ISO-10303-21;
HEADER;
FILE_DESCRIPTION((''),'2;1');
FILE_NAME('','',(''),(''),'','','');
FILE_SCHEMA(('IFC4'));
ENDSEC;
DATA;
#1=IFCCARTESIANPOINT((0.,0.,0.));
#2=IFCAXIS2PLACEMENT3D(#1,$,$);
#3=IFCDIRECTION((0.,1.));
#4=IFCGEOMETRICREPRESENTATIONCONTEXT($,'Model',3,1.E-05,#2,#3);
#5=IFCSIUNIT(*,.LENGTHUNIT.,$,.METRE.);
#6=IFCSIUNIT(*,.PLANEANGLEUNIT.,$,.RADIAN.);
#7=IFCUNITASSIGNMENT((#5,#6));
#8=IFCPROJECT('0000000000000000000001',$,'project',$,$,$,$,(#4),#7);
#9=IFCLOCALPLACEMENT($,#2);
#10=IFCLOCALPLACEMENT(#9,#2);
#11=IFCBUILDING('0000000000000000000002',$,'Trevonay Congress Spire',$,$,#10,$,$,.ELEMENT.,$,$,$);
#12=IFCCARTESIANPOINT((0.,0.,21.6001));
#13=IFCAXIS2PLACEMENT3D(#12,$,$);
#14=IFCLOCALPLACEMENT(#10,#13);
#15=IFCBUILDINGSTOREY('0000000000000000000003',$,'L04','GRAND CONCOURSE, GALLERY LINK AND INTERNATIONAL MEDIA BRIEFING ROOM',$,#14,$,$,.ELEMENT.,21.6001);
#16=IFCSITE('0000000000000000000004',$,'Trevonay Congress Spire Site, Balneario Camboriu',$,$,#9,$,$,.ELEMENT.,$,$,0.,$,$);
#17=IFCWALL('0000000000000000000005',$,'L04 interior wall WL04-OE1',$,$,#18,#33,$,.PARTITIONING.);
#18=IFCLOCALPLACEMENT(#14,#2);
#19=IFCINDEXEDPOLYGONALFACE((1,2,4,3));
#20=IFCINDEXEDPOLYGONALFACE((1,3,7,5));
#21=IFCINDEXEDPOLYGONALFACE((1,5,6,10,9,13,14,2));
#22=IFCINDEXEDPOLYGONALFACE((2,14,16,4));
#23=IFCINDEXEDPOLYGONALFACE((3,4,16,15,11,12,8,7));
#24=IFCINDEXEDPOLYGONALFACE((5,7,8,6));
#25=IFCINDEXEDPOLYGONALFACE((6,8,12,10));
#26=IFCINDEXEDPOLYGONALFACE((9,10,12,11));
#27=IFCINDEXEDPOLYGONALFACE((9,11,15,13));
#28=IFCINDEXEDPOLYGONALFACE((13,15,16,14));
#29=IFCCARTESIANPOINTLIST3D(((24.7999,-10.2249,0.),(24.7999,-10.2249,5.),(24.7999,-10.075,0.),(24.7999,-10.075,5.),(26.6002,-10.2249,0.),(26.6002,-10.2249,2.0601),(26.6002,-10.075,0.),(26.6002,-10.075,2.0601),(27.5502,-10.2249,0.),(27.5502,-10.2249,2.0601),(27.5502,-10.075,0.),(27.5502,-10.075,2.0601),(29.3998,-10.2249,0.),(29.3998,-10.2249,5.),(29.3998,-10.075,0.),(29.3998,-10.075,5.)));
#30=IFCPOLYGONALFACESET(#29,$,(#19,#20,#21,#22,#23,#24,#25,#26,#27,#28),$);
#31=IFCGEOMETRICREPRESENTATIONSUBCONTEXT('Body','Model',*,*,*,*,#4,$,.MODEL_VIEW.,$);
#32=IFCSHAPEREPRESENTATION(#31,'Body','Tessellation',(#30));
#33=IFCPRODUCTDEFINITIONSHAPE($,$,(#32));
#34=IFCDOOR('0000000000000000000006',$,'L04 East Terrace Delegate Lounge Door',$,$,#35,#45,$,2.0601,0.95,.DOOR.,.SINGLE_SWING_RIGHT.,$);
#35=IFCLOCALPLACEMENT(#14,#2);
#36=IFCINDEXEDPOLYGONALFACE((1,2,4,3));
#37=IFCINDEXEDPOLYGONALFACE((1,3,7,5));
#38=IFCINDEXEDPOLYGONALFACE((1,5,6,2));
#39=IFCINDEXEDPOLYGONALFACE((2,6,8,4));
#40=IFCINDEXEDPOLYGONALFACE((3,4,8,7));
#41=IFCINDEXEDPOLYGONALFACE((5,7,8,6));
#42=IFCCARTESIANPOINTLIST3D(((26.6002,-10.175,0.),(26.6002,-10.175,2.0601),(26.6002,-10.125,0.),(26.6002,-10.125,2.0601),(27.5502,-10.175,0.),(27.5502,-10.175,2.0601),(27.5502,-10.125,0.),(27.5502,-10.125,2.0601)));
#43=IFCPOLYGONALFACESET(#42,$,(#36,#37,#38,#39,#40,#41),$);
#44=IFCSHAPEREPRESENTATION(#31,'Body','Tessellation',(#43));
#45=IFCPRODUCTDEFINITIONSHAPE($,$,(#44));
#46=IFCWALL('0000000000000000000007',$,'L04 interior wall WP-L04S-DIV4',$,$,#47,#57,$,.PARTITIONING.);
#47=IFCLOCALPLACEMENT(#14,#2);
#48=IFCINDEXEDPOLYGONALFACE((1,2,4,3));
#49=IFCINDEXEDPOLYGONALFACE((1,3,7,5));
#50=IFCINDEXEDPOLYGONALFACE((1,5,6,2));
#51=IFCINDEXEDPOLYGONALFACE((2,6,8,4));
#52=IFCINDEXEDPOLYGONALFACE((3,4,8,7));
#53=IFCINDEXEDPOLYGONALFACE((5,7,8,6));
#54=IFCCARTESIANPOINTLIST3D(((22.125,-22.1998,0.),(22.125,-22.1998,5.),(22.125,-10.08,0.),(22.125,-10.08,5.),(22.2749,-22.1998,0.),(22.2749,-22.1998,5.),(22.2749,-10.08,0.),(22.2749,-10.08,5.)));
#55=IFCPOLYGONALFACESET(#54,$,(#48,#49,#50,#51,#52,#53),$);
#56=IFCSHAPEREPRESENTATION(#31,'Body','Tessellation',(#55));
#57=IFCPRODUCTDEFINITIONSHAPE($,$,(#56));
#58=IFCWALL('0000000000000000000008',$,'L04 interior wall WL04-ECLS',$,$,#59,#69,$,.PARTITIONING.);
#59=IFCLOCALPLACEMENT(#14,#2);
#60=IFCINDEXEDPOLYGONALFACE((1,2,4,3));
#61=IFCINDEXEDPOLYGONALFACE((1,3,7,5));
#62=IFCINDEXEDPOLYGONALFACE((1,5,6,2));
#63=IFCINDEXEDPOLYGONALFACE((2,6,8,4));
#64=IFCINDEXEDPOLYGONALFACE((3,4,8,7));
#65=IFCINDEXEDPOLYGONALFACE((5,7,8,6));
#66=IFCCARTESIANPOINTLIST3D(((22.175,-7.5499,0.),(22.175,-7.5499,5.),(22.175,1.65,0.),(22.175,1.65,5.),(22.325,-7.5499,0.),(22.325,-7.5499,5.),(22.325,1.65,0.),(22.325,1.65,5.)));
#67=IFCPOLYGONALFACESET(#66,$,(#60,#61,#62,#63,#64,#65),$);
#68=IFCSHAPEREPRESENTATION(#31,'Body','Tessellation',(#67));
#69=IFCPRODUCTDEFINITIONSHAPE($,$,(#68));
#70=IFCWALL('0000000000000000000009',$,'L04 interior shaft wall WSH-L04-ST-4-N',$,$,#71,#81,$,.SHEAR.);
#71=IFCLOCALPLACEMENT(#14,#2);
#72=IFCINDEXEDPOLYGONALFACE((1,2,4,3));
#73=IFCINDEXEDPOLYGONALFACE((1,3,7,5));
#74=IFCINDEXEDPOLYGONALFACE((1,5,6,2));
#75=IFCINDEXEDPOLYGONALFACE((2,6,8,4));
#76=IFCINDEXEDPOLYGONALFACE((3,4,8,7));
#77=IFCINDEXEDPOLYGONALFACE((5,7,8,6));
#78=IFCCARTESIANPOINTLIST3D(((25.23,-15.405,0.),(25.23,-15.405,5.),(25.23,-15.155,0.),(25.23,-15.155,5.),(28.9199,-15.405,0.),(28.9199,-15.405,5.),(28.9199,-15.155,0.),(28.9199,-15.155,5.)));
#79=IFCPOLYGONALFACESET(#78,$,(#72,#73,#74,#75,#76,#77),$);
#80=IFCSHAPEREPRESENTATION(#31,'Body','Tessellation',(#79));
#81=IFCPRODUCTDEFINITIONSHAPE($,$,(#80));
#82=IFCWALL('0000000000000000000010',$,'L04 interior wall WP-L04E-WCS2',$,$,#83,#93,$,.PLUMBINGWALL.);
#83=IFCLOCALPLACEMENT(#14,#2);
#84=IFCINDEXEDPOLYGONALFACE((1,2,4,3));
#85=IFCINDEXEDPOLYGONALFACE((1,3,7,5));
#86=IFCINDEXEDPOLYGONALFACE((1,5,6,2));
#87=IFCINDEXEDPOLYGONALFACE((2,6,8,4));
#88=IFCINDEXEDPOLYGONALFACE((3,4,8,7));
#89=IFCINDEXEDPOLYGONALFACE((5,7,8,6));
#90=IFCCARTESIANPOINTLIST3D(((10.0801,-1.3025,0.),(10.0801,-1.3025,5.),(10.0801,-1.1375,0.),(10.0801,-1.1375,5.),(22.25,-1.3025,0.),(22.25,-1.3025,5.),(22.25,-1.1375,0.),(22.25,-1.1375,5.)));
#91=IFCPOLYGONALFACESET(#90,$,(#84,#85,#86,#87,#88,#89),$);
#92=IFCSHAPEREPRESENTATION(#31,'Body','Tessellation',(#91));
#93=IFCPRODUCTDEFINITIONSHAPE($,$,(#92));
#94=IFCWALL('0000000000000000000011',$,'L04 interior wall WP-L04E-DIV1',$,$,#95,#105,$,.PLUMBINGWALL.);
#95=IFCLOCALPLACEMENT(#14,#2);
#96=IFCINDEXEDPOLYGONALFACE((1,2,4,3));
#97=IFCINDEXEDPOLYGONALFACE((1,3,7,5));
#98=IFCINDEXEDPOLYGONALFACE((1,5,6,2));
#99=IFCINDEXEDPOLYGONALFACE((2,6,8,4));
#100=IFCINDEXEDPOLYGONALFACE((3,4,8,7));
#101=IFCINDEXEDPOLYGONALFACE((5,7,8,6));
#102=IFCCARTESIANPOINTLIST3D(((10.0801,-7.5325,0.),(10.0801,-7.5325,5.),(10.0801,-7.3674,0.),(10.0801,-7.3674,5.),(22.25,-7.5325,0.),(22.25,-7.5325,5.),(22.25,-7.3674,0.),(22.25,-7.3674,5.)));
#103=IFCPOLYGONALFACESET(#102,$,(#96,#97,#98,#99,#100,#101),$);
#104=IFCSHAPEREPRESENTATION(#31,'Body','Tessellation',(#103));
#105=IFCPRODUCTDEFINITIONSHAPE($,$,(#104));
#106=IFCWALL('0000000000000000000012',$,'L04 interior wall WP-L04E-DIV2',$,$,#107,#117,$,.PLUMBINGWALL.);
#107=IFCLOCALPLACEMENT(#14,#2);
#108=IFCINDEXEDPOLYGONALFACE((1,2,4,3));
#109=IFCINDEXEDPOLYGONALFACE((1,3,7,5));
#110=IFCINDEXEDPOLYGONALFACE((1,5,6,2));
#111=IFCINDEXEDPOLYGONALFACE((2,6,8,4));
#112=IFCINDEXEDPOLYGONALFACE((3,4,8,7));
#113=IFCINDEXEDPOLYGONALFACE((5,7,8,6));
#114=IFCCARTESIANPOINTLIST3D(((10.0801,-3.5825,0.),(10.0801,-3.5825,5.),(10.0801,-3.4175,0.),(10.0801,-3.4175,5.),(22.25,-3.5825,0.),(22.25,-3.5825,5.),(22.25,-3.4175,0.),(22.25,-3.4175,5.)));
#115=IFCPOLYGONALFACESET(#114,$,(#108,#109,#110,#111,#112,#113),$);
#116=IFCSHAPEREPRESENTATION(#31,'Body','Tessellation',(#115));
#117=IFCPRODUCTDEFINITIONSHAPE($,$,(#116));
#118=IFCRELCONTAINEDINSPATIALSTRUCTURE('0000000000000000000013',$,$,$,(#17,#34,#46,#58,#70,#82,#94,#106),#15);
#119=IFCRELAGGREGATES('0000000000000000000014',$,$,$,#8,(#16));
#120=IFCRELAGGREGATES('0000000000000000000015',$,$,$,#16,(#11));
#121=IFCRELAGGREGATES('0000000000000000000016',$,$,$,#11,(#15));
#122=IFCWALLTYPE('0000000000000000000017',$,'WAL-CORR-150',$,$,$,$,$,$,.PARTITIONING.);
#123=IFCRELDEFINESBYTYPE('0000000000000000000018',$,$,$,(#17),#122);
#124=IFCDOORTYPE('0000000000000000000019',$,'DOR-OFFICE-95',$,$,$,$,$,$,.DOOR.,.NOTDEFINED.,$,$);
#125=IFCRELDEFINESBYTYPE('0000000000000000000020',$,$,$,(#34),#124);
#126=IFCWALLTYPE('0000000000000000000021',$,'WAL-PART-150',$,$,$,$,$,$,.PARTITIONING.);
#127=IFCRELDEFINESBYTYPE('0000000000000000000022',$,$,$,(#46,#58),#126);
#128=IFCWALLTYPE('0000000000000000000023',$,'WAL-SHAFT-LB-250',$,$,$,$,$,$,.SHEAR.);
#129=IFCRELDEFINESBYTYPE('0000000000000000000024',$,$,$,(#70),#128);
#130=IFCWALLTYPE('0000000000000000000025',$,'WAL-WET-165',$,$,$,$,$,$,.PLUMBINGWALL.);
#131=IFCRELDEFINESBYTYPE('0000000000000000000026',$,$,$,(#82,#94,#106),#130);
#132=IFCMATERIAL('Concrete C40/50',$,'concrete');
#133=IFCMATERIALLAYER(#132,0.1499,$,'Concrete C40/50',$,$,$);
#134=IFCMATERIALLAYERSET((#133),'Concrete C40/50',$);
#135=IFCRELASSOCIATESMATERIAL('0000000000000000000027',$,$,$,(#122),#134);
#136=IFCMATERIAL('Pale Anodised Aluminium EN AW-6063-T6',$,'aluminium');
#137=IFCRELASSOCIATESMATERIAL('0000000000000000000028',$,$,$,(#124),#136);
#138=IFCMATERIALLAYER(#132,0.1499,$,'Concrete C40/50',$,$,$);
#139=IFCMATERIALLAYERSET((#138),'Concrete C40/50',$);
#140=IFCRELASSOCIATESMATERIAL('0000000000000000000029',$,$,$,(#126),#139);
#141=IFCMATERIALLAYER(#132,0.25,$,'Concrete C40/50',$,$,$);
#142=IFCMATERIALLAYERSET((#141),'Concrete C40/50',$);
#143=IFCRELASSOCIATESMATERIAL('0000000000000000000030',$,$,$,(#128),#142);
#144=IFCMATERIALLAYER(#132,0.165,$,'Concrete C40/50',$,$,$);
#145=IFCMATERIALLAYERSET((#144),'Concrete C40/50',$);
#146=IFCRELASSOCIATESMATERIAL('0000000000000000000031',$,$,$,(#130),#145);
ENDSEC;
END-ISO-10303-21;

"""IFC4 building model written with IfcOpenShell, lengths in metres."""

from ifc_helpers import new_model, si_unit, direction, frame, frame_2d, origin, place, context, subcontext, project, spatial, rectangle, extrude, material, layer, layer_set, type_object, element, fill, save


model = new_model("IFC4")

# Units and contexts
model_context = context("Model", 3, precision=1e-05, world=origin(), true_north=direction((0.0, 1.0)))
body_context = subcontext(model_context, "Body", "Model", "MODEL_VIEW")
ifc_project = project(units=[si_unit("LENGTHUNIT", "METRE"), si_unit("PLANEANGLEUNIT", "RADIAN")], contexts=[model_context])

# Site, building, storey
site_placement = place(None, origin())
site = spatial("IfcSite", under=ifc_project, at=site_placement, Name="Trevonay Congress Spire Site, Balneario Camboriu", CompositionType="ELEMENT", RefElevation=0.0)
building_placement = place(site_placement, origin())
building = spatial("IfcBuilding", under=site, at=building_placement, Name="Trevonay Congress Spire", CompositionType="ELEMENT")
storey_placement = place(building_placement, frame((0.0, 0.0, 21.6001)))
storey = spatial("IfcBuildingStorey", under=building, at=storey_placement, Name="L04", Description="GRAND CONCOURSE, GALLERY LINK AND INTERNATIONAL MEDIA BRIEFING ROOM", CompositionType="ELEMENT", Elevation=21.6001)

# Shared definitions
ifc_material_1 = material(Name="Concrete C40/50", Category="concrete")
ifc_layer_1 = layer(ifc_material_1, 0.1499, Name="Concrete C40/50")
ifc_layer_set_1 = layer_set([ifc_layer_1], Name="Concrete C40/50")
wall_type_1 = type_object("IfcWallType", Name="WAL-CORR-150", PredefinedType="PARTITIONING", material=ifc_layer_set_1)
ifc_material_2 = material(Name="Pale Anodised Aluminium EN AW-6063-T6", Category="aluminium")
door_type_1 = type_object("IfcDoorType", Name="DOR-OFFICE-95", OperationType="NOTDEFINED", PredefinedType="DOOR", material=ifc_material_2)

# Wall, opening, door
wall_1_placement = place(storey_placement, frame((24.8, -10.1499, 0.0), z_axis=(0.0, 0.0, 1.0), x_axis=(1.0, 0.0, 0.0)))
wall_1 = element("IfcWall", 1, at=wall_1_placement, inside=storey, type_object=wall_type_1, Name="L04 interior wall WL04-OE1", PredefinedType="PARTITIONING", context=body_context, shape_type="SweptSolid", body=[
    extrude(rectangle(XDim=4.5999, YDim=0.1499, at=frame_2d((2.2998, 0.0))), origin(), (0.0, 0.0, 1.0), 5.0),
])
opening_1_placement = place(wall_1_placement, frame((1.8, 0.0, 0.0)))
opening_1 = element("IfcOpeningElement", 2, at=opening_1_placement, cuts=wall_1, PredefinedType="OPENING", context=body_context, shape_type="SweptSolid", body=[
    extrude(rectangle(XDim=0.95, YDim=2.0601, at=frame_2d((0.4751, 1.03))), frame((0.0, 0.085, 0.0), z_axis=(0.0, -1.0, 0.0), x_axis=(1.0, 0.0, 0.0)), (0.0, 0.0, 1.0), 0.1699),
])
door_1_placement = place(opening_1_placement, origin())
door_1 = element("IfcDoor", 3, at=door_1_placement, inside=storey, type_object=door_type_1, Name="L04 East Terrace Delegate Lounge Door", OperationType="SINGLE_SWING_RIGHT", OverallHeight=2.0601, OverallWidth=0.95, PredefinedType="DOOR", context=body_context, shape_type="SweptSolid", body=[
    extrude(rectangle(XDim=0.95, YDim=2.0601, at=frame_2d((0.4751, 1.03))), frame((0.0, 0.0249, 0.0), z_axis=(0.0, -1.0, 0.0), x_axis=(1.0, 0.0, 0.0)), (0.0, 0.0, 1.0), 0.05),
])
fill(opening_1, door_1)

# Walls
ifc_layer_2 = layer(ifc_material_1, 0.1499, Name="Concrete C40/50")
ifc_layer_set_2 = layer_set([ifc_layer_2], Name="Concrete C40/50")
wall_type_2 = type_object("IfcWallType", Name="WAL-PART-150", PredefinedType="PARTITIONING", material=ifc_layer_set_2)
wall_2_placement = place(storey_placement, frame((22.2, -22.2, 0.0), z_axis=(0.0, 0.0, 1.0), x_axis=(0.0, 1.0, 0.0)))
element("IfcWall", 4, at=wall_2_placement, inside=storey, type_object=wall_type_2, Name="L04 interior wall WP-L04S-DIV4", PredefinedType="PARTITIONING", context=body_context, shape_type="SweptSolid", body=[
    extrude(rectangle(XDim=12.1199, YDim=0.1499, at=frame_2d((6.0601, 0.0))), origin(), (0.0, 0.0, 1.0), 5.0),
])
wall_3_placement = place(storey_placement, frame((22.25, -7.55, 0.0), z_axis=(0.0, 0.0, 1.0), x_axis=(0.0, 1.0, 0.0)))
element("IfcWall", 5, at=wall_3_placement, inside=storey, type_object=wall_type_2, Name="L04 interior wall WL04-ECLS", PredefinedType="PARTITIONING", context=body_context, shape_type="SweptSolid", body=[
    extrude(rectangle(XDim=9.2, YDim=0.1499, at=frame_2d((4.6001, 0.0))), origin(), (0.0, 0.0, 1.0), 5.0),
])
ifc_layer_3 = layer(ifc_material_1, 0.25, Name="Concrete C40/50")
ifc_layer_set_3 = layer_set([ifc_layer_3], Name="Concrete C40/50")
wall_type_3 = type_object("IfcWallType", Name="WAL-SHAFT-LB-250", PredefinedType="SHEAR", material=ifc_layer_set_3)
wall_4_placement = place(storey_placement, frame((25.23, -15.28, 0.0), z_axis=(0.0, 0.0, 1.0), x_axis=(1.0, 0.0, 0.0)))
element("IfcWall", 6, at=wall_4_placement, inside=storey, type_object=wall_type_3, Name="L04 interior shaft wall WSH-L04-ST-4-N", PredefinedType="SHEAR", context=body_context, shape_type="SweptSolid", body=[
    extrude(rectangle(XDim=3.6899, YDim=0.25, at=frame_2d((1.845, 0.0))), origin(), (0.0, 0.0, 1.0), 5.0),
])
ifc_layer_4 = layer(ifc_material_1, 0.165, Name="Concrete C40/50")
ifc_layer_set_4 = layer_set([ifc_layer_4], Name="Concrete C40/50")
wall_type_4 = type_object("IfcWallType", Name="WAL-WET-165", PredefinedType="PLUMBINGWALL", material=ifc_layer_set_4)
for number, where, z_axis, x_axis, name in (
    (7, (10.0801, -1.22, 0.0), (0.0, 0.0, 1.0), (1.0, 0.0, 0.0), "L04 interior wall WP-L04E-WCS2"),
    (8, (10.0801, -7.45, 0.0), (0.0, 0.0, 1.0), (1.0, 0.0, 0.0), "L04 interior wall WP-L04E-DIV1"),
    (9, (10.0801, -3.5, 0.0), (0.0, 0.0, 1.0), (1.0, 0.0, 0.0), "L04 interior wall WP-L04E-DIV2"),
):
    element("IfcWall", number, at=place(storey_placement, frame(where, z_axis=z_axis, x_axis=x_axis)), inside=storey, type_object=wall_type_4, Name=name, PredefinedType="PLUMBINGWALL", context=body_context, shape_type="SweptSolid", body=[
        extrude(rectangle(XDim=12.1699, YDim=0.165, at=frame_2d((6.085, 0.0))), origin(), (0.0, 0.0, 1.0), 5.0),
    ])

save(model, "model.ifc")
